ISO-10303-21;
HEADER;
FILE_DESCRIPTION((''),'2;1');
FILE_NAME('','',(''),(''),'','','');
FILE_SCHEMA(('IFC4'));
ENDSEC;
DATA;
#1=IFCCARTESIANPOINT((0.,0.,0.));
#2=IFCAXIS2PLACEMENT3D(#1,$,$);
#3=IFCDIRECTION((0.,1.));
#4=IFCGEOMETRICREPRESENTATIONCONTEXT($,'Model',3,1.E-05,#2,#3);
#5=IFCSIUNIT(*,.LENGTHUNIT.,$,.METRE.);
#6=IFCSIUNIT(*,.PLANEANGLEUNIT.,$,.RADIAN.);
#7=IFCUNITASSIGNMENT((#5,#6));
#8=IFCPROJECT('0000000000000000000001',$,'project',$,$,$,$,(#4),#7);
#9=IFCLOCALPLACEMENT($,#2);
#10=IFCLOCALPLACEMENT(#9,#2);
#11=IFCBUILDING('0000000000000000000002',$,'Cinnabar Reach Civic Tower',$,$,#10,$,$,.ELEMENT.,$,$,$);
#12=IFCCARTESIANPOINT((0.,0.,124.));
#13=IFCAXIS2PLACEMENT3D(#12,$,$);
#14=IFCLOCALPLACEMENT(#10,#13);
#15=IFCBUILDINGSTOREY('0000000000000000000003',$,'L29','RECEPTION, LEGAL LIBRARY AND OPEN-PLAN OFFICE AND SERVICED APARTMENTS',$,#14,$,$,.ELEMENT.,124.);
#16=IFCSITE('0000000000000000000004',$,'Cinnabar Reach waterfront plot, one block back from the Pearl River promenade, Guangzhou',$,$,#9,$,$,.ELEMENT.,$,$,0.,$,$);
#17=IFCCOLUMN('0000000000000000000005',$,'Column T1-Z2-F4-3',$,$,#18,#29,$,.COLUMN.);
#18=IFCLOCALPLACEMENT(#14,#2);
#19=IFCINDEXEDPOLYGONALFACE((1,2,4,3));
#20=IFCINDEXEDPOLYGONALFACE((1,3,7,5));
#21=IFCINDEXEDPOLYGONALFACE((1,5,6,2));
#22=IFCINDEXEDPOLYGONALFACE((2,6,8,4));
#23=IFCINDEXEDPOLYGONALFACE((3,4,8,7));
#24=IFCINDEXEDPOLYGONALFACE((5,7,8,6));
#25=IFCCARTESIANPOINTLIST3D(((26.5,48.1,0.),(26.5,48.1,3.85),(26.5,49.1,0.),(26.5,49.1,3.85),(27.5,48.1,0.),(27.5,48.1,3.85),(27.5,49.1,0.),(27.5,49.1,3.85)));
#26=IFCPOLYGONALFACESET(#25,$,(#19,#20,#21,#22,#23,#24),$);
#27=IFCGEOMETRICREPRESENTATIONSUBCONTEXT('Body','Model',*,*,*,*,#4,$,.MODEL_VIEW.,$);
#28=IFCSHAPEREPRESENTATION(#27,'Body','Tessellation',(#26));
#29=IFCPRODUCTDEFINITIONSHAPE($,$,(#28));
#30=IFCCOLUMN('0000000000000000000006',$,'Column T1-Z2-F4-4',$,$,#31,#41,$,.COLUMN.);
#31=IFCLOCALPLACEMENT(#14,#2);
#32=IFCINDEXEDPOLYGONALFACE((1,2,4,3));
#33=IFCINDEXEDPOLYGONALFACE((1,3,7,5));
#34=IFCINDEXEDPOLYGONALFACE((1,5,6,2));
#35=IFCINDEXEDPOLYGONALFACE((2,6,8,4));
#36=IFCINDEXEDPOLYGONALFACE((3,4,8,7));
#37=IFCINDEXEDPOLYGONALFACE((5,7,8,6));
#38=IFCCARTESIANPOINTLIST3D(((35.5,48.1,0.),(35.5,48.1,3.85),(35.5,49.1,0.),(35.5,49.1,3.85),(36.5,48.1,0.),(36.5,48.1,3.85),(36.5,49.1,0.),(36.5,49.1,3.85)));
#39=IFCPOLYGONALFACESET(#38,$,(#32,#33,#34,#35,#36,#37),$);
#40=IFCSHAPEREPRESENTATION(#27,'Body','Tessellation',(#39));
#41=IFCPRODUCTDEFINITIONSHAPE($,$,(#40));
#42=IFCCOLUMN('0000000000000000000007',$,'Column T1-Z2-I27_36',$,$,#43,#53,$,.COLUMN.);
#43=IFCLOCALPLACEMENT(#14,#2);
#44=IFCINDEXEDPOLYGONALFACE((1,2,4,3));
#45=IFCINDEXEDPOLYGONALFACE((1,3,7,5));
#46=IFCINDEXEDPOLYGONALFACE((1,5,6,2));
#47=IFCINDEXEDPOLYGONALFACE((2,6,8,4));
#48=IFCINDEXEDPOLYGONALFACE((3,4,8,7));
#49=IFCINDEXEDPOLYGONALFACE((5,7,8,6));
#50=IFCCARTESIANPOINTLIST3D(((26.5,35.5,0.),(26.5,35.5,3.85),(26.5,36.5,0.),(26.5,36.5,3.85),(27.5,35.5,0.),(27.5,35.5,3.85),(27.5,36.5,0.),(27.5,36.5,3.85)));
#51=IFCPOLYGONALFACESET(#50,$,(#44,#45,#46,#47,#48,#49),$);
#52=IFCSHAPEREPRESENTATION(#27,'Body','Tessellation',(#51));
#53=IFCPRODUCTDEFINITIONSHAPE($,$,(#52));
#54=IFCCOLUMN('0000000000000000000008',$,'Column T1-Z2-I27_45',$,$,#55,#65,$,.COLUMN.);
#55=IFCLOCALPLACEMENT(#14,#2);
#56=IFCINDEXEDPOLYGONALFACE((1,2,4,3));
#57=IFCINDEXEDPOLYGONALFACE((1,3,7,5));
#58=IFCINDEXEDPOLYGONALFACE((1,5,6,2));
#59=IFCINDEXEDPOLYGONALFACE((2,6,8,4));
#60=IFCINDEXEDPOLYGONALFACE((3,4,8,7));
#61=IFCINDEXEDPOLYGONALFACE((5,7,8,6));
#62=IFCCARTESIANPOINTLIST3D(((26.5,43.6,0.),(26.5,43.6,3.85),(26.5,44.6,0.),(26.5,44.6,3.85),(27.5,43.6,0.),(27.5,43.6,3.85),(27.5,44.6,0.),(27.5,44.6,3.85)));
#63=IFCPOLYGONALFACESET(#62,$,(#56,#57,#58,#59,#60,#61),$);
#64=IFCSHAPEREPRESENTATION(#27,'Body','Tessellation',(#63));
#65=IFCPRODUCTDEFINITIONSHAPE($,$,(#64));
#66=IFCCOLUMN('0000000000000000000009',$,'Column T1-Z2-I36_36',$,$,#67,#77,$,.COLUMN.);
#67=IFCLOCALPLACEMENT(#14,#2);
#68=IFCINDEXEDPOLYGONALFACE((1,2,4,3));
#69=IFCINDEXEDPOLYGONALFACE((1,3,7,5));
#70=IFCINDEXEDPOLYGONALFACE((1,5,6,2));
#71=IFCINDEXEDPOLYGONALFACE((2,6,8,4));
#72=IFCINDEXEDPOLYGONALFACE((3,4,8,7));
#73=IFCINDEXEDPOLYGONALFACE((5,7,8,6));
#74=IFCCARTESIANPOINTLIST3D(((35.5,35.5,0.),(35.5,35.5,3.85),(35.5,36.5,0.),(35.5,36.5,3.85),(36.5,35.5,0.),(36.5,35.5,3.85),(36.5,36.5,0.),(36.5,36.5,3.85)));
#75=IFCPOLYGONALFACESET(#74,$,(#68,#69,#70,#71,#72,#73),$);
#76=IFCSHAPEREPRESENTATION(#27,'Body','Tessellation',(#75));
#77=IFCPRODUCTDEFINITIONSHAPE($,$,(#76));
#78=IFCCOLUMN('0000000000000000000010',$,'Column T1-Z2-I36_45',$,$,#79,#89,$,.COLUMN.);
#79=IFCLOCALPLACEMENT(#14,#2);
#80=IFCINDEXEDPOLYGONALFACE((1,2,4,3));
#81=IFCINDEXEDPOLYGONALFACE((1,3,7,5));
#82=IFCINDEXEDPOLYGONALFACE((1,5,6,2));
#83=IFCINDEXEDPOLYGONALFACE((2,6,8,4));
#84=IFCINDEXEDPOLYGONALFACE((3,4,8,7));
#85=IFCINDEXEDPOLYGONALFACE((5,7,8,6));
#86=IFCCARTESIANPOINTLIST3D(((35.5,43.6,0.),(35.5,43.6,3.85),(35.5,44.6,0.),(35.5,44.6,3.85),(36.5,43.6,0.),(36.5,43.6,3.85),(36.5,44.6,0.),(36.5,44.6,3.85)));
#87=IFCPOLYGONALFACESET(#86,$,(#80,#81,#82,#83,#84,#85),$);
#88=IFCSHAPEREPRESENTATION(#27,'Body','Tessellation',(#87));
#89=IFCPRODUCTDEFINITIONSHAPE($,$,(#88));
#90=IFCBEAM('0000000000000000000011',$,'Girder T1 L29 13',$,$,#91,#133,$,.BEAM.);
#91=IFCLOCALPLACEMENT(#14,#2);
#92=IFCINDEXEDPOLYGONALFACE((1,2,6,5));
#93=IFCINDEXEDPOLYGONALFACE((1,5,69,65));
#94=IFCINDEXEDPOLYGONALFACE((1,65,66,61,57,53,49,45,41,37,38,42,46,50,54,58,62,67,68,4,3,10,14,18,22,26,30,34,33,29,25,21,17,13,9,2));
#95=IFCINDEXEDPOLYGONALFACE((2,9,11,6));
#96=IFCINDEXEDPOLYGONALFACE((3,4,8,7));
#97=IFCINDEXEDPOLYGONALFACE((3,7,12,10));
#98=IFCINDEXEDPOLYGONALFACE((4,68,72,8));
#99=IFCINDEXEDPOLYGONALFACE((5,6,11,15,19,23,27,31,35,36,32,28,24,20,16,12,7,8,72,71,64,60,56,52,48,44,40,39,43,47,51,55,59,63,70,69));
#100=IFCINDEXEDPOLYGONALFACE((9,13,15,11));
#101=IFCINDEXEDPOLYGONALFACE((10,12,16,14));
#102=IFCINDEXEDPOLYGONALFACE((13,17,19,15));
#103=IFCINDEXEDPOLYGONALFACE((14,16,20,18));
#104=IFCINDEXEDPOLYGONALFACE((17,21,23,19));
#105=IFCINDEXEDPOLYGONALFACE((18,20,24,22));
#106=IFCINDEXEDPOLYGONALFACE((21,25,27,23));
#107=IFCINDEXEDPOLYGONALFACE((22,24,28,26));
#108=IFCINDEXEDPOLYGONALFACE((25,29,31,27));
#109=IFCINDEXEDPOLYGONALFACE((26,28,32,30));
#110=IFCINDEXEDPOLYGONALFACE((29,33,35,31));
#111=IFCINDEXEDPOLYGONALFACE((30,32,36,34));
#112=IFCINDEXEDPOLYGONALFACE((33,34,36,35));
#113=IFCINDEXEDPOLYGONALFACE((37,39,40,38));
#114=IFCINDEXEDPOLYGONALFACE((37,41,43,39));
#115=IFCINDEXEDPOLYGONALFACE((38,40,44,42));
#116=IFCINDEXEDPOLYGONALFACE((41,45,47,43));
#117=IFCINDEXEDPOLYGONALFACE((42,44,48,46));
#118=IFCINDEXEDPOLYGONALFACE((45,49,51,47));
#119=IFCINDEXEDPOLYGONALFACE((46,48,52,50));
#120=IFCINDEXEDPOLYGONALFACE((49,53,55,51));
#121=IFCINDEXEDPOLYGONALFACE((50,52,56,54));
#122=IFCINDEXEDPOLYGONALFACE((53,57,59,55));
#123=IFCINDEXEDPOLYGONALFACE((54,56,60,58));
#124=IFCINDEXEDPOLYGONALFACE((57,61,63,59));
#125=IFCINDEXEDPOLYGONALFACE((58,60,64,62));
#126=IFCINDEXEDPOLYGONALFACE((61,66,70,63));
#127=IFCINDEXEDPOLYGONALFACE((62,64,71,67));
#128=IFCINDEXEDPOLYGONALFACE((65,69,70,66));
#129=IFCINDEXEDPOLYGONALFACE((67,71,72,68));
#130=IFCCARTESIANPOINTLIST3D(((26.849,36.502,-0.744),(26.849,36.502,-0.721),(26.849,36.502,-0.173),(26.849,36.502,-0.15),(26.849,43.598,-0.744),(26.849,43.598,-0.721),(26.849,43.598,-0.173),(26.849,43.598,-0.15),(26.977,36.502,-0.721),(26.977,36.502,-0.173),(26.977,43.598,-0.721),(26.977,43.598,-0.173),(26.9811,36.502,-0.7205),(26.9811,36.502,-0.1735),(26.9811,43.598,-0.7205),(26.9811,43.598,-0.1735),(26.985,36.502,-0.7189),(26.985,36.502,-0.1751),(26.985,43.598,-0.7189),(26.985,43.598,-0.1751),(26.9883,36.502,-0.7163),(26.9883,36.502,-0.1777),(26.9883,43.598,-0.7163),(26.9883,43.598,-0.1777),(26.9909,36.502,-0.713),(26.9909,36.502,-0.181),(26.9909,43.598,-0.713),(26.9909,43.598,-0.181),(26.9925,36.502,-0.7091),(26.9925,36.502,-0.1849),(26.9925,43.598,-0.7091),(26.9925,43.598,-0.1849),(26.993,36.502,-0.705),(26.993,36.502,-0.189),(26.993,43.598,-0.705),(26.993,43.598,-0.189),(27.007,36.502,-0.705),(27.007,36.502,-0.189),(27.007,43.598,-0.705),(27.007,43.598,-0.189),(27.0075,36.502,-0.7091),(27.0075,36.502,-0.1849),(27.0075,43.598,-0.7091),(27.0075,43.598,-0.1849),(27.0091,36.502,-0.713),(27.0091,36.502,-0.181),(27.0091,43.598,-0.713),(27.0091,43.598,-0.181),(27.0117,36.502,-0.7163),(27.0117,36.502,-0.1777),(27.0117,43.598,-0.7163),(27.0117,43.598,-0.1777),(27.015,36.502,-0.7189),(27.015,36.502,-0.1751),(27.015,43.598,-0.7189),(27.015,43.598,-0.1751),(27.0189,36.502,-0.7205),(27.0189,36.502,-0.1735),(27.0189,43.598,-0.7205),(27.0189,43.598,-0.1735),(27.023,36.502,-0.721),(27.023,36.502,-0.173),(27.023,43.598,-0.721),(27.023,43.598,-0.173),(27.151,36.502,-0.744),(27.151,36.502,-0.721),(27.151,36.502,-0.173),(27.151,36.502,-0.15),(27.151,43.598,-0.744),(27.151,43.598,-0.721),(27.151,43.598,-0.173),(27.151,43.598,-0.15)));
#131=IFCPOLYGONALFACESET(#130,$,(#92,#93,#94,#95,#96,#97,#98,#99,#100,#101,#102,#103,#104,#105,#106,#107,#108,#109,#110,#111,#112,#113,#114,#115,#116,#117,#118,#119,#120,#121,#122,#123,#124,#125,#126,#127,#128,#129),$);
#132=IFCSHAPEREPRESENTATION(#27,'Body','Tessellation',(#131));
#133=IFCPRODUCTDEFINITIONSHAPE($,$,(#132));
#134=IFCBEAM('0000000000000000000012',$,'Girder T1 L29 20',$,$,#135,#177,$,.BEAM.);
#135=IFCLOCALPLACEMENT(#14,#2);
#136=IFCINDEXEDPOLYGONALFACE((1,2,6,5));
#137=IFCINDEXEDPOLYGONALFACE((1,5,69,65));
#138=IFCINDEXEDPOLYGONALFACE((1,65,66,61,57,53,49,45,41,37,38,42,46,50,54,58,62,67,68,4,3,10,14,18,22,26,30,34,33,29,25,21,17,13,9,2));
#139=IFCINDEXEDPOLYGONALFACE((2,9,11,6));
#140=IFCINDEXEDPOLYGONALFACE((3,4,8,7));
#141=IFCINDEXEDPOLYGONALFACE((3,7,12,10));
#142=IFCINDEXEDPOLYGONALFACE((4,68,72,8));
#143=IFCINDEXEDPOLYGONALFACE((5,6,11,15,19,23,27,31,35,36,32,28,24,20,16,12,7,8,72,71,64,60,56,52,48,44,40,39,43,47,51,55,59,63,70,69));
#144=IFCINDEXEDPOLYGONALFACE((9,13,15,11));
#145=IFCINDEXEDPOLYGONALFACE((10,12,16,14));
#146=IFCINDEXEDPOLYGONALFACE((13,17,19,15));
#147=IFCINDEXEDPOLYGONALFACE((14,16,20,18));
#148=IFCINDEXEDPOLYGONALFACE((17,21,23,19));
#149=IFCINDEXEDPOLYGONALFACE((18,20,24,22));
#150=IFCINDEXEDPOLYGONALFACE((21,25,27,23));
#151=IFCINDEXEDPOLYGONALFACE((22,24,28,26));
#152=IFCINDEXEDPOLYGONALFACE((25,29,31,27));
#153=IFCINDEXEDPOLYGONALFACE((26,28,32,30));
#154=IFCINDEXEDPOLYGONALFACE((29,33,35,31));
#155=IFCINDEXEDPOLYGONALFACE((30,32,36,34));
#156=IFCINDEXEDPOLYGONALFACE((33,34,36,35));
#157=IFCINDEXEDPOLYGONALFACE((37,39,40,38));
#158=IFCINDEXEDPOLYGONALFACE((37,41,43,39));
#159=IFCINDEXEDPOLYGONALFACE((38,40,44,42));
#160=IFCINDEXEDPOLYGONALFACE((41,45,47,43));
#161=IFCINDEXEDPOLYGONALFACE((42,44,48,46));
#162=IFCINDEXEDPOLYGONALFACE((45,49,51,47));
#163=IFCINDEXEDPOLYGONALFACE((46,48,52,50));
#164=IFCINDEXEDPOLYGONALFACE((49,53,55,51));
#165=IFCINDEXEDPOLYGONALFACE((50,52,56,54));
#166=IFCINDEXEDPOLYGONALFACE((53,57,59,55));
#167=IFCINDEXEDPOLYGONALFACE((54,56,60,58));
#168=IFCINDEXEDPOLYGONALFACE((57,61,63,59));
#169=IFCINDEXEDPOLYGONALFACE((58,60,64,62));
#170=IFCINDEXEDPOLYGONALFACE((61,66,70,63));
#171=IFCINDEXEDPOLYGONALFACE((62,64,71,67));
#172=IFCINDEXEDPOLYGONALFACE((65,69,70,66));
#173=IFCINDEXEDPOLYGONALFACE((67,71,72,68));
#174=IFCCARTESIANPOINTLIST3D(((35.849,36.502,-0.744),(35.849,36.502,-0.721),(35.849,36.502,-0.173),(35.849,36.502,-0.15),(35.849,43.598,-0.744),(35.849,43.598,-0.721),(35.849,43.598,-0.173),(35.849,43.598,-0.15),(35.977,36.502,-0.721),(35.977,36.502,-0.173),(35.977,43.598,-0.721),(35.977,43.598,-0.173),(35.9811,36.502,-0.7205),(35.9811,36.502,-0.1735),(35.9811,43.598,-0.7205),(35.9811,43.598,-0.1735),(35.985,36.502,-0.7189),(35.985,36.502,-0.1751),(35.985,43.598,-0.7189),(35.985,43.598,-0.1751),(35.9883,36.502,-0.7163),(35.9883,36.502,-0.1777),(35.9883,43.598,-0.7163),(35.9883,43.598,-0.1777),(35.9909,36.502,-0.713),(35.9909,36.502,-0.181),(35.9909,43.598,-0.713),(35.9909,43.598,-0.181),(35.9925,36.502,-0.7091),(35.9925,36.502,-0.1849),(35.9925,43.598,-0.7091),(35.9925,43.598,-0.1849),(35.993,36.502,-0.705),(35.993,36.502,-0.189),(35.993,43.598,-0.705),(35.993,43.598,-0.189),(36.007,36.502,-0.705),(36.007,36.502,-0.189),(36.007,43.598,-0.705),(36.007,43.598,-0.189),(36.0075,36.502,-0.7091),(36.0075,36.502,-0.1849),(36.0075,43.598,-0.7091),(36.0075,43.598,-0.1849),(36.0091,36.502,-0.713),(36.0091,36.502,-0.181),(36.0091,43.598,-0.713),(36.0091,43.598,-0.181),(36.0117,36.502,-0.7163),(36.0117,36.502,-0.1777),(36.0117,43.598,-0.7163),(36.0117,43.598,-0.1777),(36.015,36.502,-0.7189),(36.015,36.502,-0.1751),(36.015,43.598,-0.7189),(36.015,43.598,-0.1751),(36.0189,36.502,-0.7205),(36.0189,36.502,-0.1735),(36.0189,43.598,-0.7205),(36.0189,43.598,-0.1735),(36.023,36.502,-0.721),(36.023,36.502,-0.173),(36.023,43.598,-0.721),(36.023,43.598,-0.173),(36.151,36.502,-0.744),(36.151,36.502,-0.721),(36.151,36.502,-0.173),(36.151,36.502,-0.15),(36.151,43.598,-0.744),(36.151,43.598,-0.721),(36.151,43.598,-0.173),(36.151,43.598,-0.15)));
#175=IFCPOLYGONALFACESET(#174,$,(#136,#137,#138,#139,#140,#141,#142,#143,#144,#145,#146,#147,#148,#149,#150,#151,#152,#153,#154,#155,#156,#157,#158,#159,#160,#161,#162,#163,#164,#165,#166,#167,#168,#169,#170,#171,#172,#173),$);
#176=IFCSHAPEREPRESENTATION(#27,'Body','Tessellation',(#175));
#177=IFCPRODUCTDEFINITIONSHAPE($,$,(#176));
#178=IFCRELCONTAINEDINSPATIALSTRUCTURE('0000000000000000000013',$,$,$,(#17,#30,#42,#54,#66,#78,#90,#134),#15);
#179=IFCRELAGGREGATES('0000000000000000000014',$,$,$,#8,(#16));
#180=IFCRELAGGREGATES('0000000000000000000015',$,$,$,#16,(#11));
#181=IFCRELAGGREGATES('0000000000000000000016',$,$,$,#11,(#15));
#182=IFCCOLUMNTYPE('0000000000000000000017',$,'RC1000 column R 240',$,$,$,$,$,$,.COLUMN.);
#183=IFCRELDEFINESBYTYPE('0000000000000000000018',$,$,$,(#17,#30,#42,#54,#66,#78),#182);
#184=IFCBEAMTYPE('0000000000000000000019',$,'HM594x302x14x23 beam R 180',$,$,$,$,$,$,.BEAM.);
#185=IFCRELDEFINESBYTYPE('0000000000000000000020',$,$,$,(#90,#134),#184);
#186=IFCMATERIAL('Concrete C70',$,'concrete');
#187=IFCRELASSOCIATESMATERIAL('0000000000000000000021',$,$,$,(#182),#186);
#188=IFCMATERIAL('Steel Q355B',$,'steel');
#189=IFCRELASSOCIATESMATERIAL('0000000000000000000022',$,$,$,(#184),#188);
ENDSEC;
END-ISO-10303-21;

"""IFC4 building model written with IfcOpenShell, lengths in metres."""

from ifc_helpers import new_model, si_unit, direction, frame, origin, origin_2d, place, context, subcontext, project, spatial, rectangle, i_section, extrude, material, material_profile, profile_set, type_object, element, save


model = new_model("IFC4")

# Units and contexts
model_context = context("Model", 3, precision=1e-05, world=origin(), true_north=direction((0.0, 1.0)))
body_context = subcontext(model_context, "Body", "Model", "MODEL_VIEW")
ifc_project = project(units=[si_unit("LENGTHUNIT", "METRE"), si_unit("PLANEANGLEUNIT", "RADIAN")], contexts=[model_context])

# Site, building, storey
site_placement = place(None, origin())
site = spatial("IfcSite", under=ifc_project, at=site_placement, Name="Cinnabar Reach waterfront plot, one block back from the Pearl River promenade, Guangzhou", CompositionType="ELEMENT", RefElevation=0.0)
building_placement = place(site_placement, origin())
building = spatial("IfcBuilding", under=site, at=building_placement, Name="Cinnabar Reach Civic Tower", CompositionType="ELEMENT")
storey_placement = place(building_placement, frame((0.0, 0.0, 124.0)))
storey = spatial("IfcBuildingStorey", under=building, at=storey_placement, Name="L29", Description="RECEPTION, LEGAL LIBRARY AND OPEN-PLAN OFFICE AND SERVICED APARTMENTS", CompositionType="ELEMENT", Elevation=124.0)

# Columns
ifc_material_1 = material(Name="Concrete C70", Category="concrete")
ifc_material_profile_1 = material_profile(ifc_material_1, rectangle(XDim=1.0, YDim=1.0, at=origin_2d()), Name="RC1000")
ifc_profile_set_1 = profile_set([ifc_material_profile_1], Name="Concrete C70")
column_type = type_object("IfcColumnType", Name="RC1000 column R 240", PredefinedType="COLUMN", material=ifc_profile_set_1)
for number, where, z_axis, x_axis, name in (
    (1, (27.0, 48.6, 0.0), (0.0, 0.0, 1.0), (1.0, 0.0, 0.0), "Column T1-Z2-F4-3"),
    (2, (36.0, 48.6, 0.0), (0.0, 0.0, 1.0), (1.0, 0.0, 0.0), "Column T1-Z2-F4-4"),
    (3, (27.0, 36.0, 0.0), (0.0, 0.0, 1.0), (1.0, 0.0, 0.0), "Column T1-Z2-I27_36"),
    (4, (27.0, 44.1, 0.0), (0.0, 0.0, 1.0), (1.0, 0.0, 0.0), "Column T1-Z2-I27_45"),
    (5, (36.0, 36.0, 0.0), (0.0, 0.0, 1.0), (1.0, 0.0, 0.0), "Column T1-Z2-I36_36"),
    (6, (36.0, 44.1, 0.0), (0.0, 0.0, 1.0), (1.0, 0.0, 0.0), "Column T1-Z2-I36_45"),
):
    element("IfcColumn", number, at=place(storey_placement, frame(where, z_axis=z_axis, x_axis=x_axis)), inside=storey, type_object=column_type, Name=name, PredefinedType="COLUMN", context=body_context, shape_type="SweptSolid", body=[
        extrude(rectangle(XDim=1.0, YDim=1.0, at=origin_2d()), origin(), (0.0, 0.0, 1.0), 3.85),
    ])

# Beams
ifc_material_2 = material(Name="Steel Q355B", Category="steel")
ifc_material_profile_2 = material_profile(ifc_material_2, i_section(OverallWidth=0.302, OverallDepth=0.594, WebThickness=0.014, FlangeThickness=0.023, FilletRadius=0.016, at=origin_2d()), Name="HM594x302x14x23")
ifc_profile_set_2 = profile_set([ifc_material_profile_2], Name="Steel Q355B")
beam_type_1 = type_object("IfcBeamType", Name="HM594x302x14x23 beam R 180", PredefinedType="BEAM", material=ifc_profile_set_2)
for number, where, z_axis, x_axis, name in (
    (7, (27.0, 36.502, -0.447), (0.0, 1.0, 0.0), (-1.0, 0.0, 0.0), "Girder T1 L29 13"),
    (8, (36.0, 36.502, -0.447), (0.0, 1.0, 0.0), (-1.0, 0.0, 0.0), "Girder T1 L29 20"),
):
    element("IfcBeam", number, at=place(storey_placement, frame(where, z_axis=z_axis, x_axis=x_axis)), inside=storey, type_object=beam_type_1, Name=name, PredefinedType="BEAM", context=body_context, shape_type="SweptSolid", body=[
        extrude(i_section(OverallWidth=0.302, OverallDepth=0.594, WebThickness=0.014, FlangeThickness=0.023, FilletRadius=0.016, at=origin_2d()), origin(), (0.0, 0.0, 1.0), 7.096),
    ])

save(model, "model.ifc")
